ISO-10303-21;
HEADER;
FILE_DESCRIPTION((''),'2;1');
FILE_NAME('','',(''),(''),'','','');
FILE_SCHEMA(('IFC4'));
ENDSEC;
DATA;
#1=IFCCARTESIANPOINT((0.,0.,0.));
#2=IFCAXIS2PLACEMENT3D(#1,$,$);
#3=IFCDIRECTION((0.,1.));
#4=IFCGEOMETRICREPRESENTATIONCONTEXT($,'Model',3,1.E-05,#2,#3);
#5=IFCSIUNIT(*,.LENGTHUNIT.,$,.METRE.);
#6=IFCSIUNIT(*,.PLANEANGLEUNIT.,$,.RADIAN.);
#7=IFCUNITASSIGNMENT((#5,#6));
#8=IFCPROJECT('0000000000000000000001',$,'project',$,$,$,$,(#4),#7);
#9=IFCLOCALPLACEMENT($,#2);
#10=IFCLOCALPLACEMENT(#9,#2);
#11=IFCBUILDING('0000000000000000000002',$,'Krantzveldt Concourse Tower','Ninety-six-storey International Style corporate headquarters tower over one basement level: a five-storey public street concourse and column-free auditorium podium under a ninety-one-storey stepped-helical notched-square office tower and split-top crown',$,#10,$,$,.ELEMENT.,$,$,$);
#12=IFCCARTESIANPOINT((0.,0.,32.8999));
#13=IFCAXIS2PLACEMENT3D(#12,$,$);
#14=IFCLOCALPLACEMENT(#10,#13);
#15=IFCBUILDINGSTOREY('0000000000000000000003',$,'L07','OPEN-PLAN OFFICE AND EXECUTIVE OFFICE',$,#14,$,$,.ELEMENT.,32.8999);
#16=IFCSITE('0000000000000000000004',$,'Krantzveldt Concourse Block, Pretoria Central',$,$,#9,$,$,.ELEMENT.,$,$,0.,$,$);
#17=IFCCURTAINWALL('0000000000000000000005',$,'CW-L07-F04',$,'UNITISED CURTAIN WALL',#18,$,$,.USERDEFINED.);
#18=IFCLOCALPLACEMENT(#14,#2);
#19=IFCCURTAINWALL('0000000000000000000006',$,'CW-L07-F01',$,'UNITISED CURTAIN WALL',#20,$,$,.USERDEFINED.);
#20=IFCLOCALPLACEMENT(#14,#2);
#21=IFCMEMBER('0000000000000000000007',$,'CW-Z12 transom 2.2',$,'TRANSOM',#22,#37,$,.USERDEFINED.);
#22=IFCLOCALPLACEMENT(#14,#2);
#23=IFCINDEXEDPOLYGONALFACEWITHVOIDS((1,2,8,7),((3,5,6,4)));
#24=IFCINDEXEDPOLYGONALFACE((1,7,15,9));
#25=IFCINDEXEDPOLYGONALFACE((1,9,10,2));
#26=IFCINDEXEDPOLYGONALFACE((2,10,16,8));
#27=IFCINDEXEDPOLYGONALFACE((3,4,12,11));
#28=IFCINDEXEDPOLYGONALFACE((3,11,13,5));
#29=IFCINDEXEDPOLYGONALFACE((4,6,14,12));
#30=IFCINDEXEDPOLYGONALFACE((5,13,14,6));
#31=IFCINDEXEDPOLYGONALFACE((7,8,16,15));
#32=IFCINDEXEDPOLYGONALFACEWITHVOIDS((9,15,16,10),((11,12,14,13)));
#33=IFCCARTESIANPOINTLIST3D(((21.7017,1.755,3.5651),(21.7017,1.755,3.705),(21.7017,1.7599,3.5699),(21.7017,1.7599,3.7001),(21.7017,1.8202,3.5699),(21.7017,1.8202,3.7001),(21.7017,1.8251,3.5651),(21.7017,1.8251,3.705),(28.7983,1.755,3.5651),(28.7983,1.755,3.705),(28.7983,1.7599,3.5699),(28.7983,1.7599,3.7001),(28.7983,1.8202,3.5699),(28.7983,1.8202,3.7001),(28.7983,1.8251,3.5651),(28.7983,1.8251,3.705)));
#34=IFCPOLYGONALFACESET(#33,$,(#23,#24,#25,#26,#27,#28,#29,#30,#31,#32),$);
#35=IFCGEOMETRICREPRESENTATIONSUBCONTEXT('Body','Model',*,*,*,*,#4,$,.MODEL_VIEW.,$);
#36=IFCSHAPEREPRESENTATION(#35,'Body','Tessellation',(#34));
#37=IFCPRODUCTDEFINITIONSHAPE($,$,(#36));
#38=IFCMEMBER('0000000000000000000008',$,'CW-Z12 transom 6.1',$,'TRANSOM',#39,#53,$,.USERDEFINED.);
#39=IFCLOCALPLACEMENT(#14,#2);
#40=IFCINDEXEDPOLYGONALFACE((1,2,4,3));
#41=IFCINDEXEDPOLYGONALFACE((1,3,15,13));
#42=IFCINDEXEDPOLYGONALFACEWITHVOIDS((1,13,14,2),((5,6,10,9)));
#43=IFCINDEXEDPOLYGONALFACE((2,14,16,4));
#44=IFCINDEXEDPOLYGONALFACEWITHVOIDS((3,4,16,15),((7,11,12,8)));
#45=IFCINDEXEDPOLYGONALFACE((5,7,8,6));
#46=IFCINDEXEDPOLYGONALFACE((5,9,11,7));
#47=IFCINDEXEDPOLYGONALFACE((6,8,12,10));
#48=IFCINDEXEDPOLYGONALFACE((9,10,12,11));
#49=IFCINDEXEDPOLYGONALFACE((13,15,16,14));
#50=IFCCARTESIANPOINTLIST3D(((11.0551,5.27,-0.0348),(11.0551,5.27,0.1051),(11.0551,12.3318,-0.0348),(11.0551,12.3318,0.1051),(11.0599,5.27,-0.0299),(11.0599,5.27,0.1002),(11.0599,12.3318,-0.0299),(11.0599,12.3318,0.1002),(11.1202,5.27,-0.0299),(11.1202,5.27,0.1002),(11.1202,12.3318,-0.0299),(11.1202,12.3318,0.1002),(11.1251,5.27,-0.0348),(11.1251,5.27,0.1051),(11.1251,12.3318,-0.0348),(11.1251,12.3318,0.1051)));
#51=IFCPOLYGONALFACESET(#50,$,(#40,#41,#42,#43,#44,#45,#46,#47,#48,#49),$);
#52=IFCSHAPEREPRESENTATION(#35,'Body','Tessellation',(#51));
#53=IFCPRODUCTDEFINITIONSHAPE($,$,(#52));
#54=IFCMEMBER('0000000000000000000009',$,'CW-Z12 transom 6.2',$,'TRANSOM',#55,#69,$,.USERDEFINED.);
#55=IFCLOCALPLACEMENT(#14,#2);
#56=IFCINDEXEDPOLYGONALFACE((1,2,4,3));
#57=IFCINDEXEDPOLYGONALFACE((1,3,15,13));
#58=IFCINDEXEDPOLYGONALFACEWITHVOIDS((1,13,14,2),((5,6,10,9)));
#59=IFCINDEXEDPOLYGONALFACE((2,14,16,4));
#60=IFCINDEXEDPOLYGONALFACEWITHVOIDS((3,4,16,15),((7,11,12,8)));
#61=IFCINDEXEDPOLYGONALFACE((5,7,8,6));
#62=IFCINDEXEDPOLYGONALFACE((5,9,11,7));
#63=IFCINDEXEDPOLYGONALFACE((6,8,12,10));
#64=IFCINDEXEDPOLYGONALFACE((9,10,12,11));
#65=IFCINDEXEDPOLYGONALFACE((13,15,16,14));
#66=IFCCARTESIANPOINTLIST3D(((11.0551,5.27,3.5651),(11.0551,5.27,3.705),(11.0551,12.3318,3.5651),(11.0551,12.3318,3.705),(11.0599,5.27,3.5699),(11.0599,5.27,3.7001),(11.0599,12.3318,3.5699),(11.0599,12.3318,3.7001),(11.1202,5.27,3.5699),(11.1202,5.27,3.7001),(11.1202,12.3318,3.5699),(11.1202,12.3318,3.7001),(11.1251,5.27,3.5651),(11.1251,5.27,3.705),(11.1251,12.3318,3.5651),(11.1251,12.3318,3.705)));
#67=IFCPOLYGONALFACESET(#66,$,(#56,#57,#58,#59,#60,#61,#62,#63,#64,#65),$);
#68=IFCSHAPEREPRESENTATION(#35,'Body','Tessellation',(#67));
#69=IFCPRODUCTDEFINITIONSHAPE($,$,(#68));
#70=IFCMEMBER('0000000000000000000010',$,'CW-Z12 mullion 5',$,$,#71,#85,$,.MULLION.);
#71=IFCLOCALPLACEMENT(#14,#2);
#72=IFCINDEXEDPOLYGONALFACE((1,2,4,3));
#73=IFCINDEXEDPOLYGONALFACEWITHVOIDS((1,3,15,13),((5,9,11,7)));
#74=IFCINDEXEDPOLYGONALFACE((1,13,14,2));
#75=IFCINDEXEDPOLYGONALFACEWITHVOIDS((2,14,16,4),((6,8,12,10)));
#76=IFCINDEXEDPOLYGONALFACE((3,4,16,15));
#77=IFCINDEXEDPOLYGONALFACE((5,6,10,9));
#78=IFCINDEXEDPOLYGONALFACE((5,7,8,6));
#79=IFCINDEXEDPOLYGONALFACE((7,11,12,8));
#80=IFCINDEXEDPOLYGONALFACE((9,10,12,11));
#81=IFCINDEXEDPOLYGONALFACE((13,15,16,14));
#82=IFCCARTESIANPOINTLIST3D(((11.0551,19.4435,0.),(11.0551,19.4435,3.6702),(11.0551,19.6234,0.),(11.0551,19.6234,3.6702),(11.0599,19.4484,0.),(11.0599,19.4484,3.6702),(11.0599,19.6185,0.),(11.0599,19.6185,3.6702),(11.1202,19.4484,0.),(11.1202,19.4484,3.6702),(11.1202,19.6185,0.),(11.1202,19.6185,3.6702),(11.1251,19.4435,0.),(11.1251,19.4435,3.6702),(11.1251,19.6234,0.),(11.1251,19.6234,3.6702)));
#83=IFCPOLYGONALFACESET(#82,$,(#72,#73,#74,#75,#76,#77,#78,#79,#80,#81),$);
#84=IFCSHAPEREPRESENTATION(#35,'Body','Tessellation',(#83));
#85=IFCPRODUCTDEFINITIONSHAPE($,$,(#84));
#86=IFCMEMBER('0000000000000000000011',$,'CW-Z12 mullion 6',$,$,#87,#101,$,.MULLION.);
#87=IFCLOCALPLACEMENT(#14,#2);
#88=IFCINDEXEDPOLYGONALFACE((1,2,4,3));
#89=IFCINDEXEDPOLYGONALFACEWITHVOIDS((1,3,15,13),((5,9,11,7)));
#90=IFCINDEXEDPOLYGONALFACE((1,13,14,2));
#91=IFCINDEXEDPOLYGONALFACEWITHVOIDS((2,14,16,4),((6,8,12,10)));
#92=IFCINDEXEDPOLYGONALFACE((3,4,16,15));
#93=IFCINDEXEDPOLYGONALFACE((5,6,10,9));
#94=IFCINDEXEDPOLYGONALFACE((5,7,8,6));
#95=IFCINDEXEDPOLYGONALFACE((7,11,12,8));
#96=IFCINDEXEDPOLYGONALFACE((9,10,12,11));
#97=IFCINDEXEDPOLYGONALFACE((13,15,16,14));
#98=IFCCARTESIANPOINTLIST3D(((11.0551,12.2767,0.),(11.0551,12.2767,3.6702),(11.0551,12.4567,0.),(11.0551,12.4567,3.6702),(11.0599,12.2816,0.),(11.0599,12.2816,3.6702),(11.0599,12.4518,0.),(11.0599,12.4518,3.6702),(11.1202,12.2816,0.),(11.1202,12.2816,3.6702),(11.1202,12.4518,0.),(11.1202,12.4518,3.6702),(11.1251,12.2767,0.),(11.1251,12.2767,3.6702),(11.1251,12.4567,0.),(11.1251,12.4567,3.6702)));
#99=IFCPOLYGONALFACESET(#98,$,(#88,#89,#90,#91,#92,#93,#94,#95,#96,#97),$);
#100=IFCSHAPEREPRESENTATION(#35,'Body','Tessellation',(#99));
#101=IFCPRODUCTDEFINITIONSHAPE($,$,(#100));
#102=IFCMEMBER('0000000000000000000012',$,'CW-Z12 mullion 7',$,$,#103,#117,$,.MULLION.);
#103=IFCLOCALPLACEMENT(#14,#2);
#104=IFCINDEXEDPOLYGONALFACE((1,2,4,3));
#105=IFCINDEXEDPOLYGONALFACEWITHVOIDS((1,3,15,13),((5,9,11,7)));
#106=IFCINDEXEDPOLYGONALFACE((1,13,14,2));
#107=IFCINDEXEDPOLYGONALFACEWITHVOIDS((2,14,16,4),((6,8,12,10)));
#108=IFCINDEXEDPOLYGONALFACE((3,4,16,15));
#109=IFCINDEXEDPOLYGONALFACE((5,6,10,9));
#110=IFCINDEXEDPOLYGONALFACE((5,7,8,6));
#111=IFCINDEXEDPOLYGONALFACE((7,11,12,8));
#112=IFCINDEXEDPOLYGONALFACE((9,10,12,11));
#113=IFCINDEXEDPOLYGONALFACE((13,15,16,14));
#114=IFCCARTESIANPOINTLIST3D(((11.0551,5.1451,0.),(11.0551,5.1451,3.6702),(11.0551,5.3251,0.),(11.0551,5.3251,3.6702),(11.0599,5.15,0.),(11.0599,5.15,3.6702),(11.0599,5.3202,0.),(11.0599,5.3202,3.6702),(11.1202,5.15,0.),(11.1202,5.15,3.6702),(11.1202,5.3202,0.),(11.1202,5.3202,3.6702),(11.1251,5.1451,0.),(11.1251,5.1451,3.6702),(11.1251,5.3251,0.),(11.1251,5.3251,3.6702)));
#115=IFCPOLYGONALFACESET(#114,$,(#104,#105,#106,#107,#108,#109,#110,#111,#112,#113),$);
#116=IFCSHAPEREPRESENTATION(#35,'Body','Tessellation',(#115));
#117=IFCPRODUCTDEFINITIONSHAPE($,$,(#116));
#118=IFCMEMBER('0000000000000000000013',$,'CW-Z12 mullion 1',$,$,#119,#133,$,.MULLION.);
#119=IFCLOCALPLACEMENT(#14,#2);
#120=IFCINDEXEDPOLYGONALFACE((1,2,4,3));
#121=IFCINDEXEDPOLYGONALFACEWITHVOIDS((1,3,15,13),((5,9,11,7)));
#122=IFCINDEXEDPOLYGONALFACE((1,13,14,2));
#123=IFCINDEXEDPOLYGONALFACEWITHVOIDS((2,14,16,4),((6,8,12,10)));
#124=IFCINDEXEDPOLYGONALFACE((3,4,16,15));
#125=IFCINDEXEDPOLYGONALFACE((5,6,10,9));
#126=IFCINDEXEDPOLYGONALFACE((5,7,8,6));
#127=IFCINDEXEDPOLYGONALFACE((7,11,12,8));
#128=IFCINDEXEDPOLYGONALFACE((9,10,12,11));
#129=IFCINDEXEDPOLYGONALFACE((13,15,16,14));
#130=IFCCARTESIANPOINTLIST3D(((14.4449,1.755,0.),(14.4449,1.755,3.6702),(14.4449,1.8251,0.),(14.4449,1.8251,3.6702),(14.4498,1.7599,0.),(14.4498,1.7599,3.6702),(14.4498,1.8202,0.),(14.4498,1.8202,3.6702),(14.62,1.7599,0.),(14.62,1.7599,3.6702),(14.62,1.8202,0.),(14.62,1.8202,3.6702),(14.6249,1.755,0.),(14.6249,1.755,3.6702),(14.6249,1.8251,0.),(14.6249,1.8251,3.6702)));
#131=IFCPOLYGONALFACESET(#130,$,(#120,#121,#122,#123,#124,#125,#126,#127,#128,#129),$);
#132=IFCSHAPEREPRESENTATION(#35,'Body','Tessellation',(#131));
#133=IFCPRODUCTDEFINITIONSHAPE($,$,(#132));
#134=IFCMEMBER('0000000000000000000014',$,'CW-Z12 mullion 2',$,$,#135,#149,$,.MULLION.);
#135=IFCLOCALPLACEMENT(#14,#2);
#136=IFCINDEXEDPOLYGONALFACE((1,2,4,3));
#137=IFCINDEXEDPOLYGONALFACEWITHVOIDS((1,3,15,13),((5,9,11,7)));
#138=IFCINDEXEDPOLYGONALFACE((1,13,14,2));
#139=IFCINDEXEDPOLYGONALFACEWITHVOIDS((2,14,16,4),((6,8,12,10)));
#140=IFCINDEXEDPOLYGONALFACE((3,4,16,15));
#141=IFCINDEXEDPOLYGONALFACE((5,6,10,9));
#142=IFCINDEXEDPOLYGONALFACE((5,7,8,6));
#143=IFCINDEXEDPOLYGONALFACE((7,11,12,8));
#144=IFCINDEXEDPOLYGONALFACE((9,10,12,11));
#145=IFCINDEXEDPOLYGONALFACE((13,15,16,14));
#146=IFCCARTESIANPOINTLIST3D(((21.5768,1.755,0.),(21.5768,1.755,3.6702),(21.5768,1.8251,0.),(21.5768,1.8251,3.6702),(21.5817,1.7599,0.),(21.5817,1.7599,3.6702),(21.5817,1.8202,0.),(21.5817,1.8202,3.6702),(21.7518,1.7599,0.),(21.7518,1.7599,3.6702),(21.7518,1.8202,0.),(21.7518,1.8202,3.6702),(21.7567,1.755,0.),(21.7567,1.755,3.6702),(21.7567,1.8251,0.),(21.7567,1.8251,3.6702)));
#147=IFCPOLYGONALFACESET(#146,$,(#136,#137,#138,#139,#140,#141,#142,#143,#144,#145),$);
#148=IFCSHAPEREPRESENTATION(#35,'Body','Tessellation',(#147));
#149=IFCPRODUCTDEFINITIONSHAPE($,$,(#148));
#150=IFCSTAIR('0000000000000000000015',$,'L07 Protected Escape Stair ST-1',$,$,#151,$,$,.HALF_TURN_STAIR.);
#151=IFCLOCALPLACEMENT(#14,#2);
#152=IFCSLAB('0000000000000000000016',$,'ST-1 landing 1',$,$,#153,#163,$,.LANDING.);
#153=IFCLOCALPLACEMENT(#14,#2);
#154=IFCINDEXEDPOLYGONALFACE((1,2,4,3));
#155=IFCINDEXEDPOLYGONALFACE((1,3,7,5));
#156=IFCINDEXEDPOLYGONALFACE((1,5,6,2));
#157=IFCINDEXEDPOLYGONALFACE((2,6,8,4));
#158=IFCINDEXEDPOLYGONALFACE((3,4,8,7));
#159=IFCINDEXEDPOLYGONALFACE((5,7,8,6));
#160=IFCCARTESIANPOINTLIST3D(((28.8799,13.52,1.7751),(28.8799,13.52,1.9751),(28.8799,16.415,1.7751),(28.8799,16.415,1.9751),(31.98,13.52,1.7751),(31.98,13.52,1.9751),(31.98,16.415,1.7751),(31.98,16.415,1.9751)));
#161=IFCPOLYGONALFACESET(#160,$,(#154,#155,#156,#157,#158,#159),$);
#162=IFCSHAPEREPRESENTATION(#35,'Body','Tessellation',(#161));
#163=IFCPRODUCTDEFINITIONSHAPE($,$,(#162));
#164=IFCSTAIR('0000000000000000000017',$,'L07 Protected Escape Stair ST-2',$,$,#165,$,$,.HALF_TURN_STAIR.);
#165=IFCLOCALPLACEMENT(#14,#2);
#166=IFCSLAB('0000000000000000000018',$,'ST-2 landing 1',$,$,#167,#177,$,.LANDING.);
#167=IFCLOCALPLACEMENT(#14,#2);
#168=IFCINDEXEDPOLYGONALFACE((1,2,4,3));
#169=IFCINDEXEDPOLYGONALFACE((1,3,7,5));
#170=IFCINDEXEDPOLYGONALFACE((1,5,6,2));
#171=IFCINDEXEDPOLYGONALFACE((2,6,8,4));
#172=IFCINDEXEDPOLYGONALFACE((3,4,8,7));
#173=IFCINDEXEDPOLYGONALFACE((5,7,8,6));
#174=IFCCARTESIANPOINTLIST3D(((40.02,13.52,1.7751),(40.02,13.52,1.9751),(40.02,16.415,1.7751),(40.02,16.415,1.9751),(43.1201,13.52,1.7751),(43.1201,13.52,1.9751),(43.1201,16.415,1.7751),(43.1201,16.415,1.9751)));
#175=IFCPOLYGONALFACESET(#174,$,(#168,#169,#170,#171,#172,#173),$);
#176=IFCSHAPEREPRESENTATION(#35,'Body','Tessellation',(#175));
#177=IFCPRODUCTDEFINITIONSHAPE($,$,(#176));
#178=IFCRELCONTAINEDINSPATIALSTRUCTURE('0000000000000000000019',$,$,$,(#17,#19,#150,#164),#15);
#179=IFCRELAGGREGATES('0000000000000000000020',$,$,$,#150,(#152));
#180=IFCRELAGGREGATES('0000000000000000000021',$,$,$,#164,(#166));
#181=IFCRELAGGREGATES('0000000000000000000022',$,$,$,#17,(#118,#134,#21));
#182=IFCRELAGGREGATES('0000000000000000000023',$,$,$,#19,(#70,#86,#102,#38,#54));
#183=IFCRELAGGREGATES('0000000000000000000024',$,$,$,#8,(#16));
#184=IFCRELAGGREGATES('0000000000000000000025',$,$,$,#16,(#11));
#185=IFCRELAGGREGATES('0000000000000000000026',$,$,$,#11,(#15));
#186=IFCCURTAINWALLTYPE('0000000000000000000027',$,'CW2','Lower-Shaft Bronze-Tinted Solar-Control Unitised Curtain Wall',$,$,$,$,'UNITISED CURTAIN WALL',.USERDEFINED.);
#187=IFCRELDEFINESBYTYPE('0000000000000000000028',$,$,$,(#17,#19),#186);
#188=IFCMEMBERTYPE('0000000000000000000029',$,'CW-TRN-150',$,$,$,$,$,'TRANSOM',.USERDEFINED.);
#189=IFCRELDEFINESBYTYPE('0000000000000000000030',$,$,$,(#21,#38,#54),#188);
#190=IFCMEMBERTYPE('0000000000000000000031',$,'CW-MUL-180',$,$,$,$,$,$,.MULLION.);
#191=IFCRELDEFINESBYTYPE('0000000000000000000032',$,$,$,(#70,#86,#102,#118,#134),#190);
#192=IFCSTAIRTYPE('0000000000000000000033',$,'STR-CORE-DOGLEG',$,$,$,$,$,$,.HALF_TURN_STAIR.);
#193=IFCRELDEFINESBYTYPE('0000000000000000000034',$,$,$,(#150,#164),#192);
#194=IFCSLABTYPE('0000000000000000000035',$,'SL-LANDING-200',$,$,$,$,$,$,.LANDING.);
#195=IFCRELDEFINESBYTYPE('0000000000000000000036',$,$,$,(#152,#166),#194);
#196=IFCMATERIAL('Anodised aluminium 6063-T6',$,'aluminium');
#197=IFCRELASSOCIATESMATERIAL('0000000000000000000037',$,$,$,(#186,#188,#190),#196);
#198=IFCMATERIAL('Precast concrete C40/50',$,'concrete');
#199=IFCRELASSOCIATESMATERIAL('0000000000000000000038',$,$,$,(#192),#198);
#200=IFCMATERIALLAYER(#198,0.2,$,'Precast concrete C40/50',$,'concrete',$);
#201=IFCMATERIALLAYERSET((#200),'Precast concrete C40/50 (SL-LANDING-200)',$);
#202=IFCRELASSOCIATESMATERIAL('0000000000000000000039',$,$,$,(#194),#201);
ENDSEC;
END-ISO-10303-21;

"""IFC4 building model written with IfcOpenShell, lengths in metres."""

from ifc_helpers import new_model, si_unit, direction, frame, origin, origin_2d, place, context, subcontext, project, spatial, polyline, hollow_rectangle, outline, extrude, source, transform, mapped, material, layer, layer_set, material_profile, profile_set, type_object, type_shapes, element, aggregate, save


model = new_model("IFC4")

# Units and contexts
model_context = context("Model", 3, precision=1e-05, world=origin(), true_north=direction((0.0, 1.0)))
body_context = subcontext(model_context, "Body", "Model", "MODEL_VIEW")
ifc_project = project(units=[si_unit("LENGTHUNIT", "METRE"), si_unit("PLANEANGLEUNIT", "RADIAN")], contexts=[model_context])

# Site, building, storey
site_placement = place(None, origin())
site = spatial("IfcSite", under=ifc_project, at=site_placement, Name="Krantzveldt Concourse Block, Pretoria Central", CompositionType="ELEMENT", RefElevation=0.0)
building_placement = place(site_placement, origin())
building = spatial("IfcBuilding", under=site, at=building_placement, Name="Krantzveldt Concourse Tower", Description="Ninety-six-storey International Style corporate headquarters tower over one basement level: a five-storey public street concourse and column-free auditorium podium under a ninety-one-storey stepped-helical notched-square office tower and split-top crown", CompositionType="ELEMENT")
storey_placement = place(building_placement, frame((0.0, 0.0, 32.8999)))
storey = spatial("IfcBuildingStorey", under=building, at=storey_placement, Name="L07", Description="OPEN-PLAN OFFICE AND EXECUTIVE OFFICE", CompositionType="ELEMENT", Elevation=32.8999)

# Curtain walls
ifc_material_1 = material(Name="Anodised aluminium 6063-T6", Category="aluminium")
curtain_wall_type = type_object("IfcCurtainWallType", Name="CW2", Description="Lower-Shaft Bronze-Tinted Solar-Control Unitised Curtain Wall", ElementType="UNITISED CURTAIN WALL", PredefinedType="USERDEFINED", material=ifc_material_1)
curtain_wall_1_placement = place(storey_placement, origin())
curtain_wall_1 = element("IfcCurtainWall", 1, at=curtain_wall_1_placement, inside=storey, type_object=curtain_wall_type, Name="CW-L07-F04", ObjectType="UNITISED CURTAIN WALL", PredefinedType="USERDEFINED")
ifc_material_profile_1 = material_profile(ifc_material_1, hollow_rectangle(XDim=0.0701, YDim=0.1399, WallThickness=0.0049, at=origin_2d()), Name="Anodised aluminium 6063-T6", Category="aluminium")
ifc_profile_set_1 = profile_set([ifc_material_profile_1], Name="Anodised aluminium 6063-T6 - ALU-TRAN 140x70x5")
member_type_1 = type_object("IfcMemberType", Name="CW-TRN-150", ElementType="TRANSOM", PredefinedType="USERDEFINED", material=ifc_profile_set_1)
curtain_wall_2_placement = place(storey_placement, origin())
curtain_wall_2 = element("IfcCurtainWall", 2, at=curtain_wall_2_placement, inside=storey, type_object=curtain_wall_type, Name="CW-L07-F01", ObjectType="UNITISED CURTAIN WALL", PredefinedType="USERDEFINED")
shared_shape_1 = source(origin(), body_context, "Body", "SweptSolid", [
    extrude(hollow_rectangle(XDim=0.0701, YDim=0.1399, WallThickness=0.0049, at=origin_2d()), origin(), (0.0, 0.0, 1.0), 7.0967),
])

# Members
member_1_placement = place(storey_placement, frame((21.7017, 1.79, 3.635), z_axis=(1.0, 0.0, 0.0), x_axis=(0.0, 1.0, 0.0)))
member_1 = element("IfcMember", 3, at=member_1_placement, type_object=member_type_1, Name="CW-Z12 transom 2.2", ObjectType="TRANSOM", PredefinedType="USERDEFINED", context=body_context, shape_type="MappedRepresentation", body=[
    mapped(shared_shape_1, transform((0.0, 0.0, 0.0), x_axis=(1.0, 0.0, 0.0), y_axis=(0.0, 1.0, 0.0), z_axis=(0.0, 0.0, 1.0), scale=1.0)),
])
shared_shape_2 = source(origin(), body_context, "Body", "SweptSolid", [
    extrude(hollow_rectangle(XDim=0.0701, YDim=0.1399, WallThickness=0.0049, at=origin_2d()), origin(), (0.0, 0.0, 1.0), 7.0618),
])
member_2_placement = place(storey_placement, frame((11.0901, 12.3318, 0.0352), z_axis=(0.0, -1.0, 0.0), x_axis=(1.0, 0.0, 0.0)))
member_2 = element("IfcMember", 4, at=member_2_placement, type_object=member_type_1, Name="CW-Z12 transom 6.1", ObjectType="TRANSOM", PredefinedType="USERDEFINED", context=body_context, shape_type="MappedRepresentation", body=[
    mapped(shared_shape_2, transform((0.0, 0.0, 0.0), x_axis=(1.0, 0.0, 0.0), y_axis=(0.0, 1.0, 0.0), z_axis=(0.0, 0.0, 1.0), scale=1.0)),
])
member_3_placement = place(storey_placement, frame((11.0901, 12.3318, 3.635), z_axis=(0.0, -1.0, 0.0), x_axis=(1.0, 0.0, 0.0)))
member_3 = element("IfcMember", 5, at=member_3_placement, type_object=member_type_1, Name="CW-Z12 transom 6.2", ObjectType="TRANSOM", PredefinedType="USERDEFINED", context=body_context, shape_type="MappedRepresentation", body=[
    mapped(shared_shape_2, transform((0.0, 0.0, 0.0), x_axis=(1.0, 0.0, 0.0), y_axis=(0.0, 1.0, 0.0), z_axis=(0.0, 0.0, 1.0), scale=1.0)),
])
ifc_material_profile_2 = material_profile(ifc_material_1, hollow_rectangle(XDim=0.0701, YDim=0.1799, WallThickness=0.0049, at=origin_2d()), Name="Anodised aluminium 6063-T6", Category="aluminium")
ifc_profile_set_2 = profile_set([ifc_material_profile_2], Name="Anodised aluminium 6063-T6 - ALU-MULL 180x70x5")
member_type_2 = type_object("IfcMemberType", Name="CW-MUL-180", PredefinedType="MULLION", material=ifc_profile_set_2)
shared_shape_3 = source(origin(), body_context, "Body", "SweptSolid", [
    extrude(hollow_rectangle(XDim=0.0701, YDim=0.1799, WallThickness=0.0049, at=origin_2d()), origin(), (0.0, 0.0, 1.0), 3.6702),
])
type_shapes(member_type_2, [shared_shape_3])
member_4_placement = place(storey_placement, frame((11.0901, 19.5334, 0.0), z_axis=(0.0, 0.0, 1.0), x_axis=(1.0, 0.0, 0.0)))
member_4 = element("IfcMember", 6, at=member_4_placement, type_object=member_type_2, Name="CW-Z12 mullion 5", PredefinedType="MULLION", context=body_context, shape_type="MappedRepresentation", body=[
    mapped(shared_shape_3, transform((0.0, 0.0, 0.0), x_axis=(1.0, 0.0, 0.0), y_axis=(0.0, 1.0, 0.0), z_axis=(0.0, 0.0, 1.0), scale=1.0)),
])
member_5_placement = place(storey_placement, frame((11.0901, 12.3667, 0.0), z_axis=(0.0, 0.0, 1.0), x_axis=(1.0, 0.0, 0.0)))
member_5 = element("IfcMember", 7, at=member_5_placement, type_object=member_type_2, Name="CW-Z12 mullion 6", PredefinedType="MULLION", context=body_context, shape_type="MappedRepresentation", body=[
    mapped(shared_shape_3, transform((0.0, 0.0, 0.0), x_axis=(1.0, 0.0, 0.0), y_axis=(0.0, 1.0, 0.0), z_axis=(0.0, 0.0, 1.0), scale=1.0)),
])
member_6_placement = place(storey_placement, frame((11.0901, 5.2351, 0.0), z_axis=(0.0, 0.0, 1.0), x_axis=(1.0, 0.0, 0.0)))
member_6 = element("IfcMember", 8, at=member_6_placement, type_object=member_type_2, Name="CW-Z12 mullion 7", PredefinedType="MULLION", context=body_context, shape_type="MappedRepresentation", body=[
    mapped(shared_shape_3, transform((0.0, 0.0, 0.0), x_axis=(1.0, 0.0, 0.0), y_axis=(0.0, 1.0, 0.0), z_axis=(0.0, 0.0, 1.0), scale=1.0)),
])
member_7_placement = place(storey_placement, frame((14.5349, 1.79, 0.0), z_axis=(0.0, 0.0, 1.0), x_axis=(0.0, 1.0, 0.0)))
member_7 = element("IfcMember", 9, at=member_7_placement, type_object=member_type_2, Name="CW-Z12 mullion 1", PredefinedType="MULLION", context=body_context, shape_type="MappedRepresentation", body=[
    mapped(shared_shape_3, transform((0.0, 0.0, 0.0), x_axis=(1.0, 0.0, 0.0), y_axis=(0.0, 1.0, 0.0), z_axis=(0.0, 0.0, 1.0), scale=1.0)),
])
member_8_placement = place(storey_placement, frame((21.6667, 1.79, 0.0), z_axis=(0.0, 0.0, 1.0), x_axis=(0.0, 1.0, 0.0)))
member_8 = element("IfcMember", 10, at=member_8_placement, type_object=member_type_2, Name="CW-Z12 mullion 2", PredefinedType="MULLION", context=body_context, shape_type="MappedRepresentation", body=[
    mapped(shared_shape_3, transform((0.0, 0.0, 0.0), x_axis=(1.0, 0.0, 0.0), y_axis=(0.0, 1.0, 0.0), z_axis=(0.0, 0.0, 1.0), scale=1.0)),
])

# Stairs, slabs
ifc_material_2 = material(Name="Precast concrete C40/50", Category="concrete")
stair_type = type_object("IfcStairType", Name="STR-CORE-DOGLEG", PredefinedType="HALF_TURN_STAIR", material=ifc_material_2)
stair_1_placement = place(storey_placement, origin())
stair_1 = element("IfcStair", 11, at=stair_1_placement, inside=storey, type_object=stair_type, Name="L07 Protected Escape Stair ST-1", PredefinedType="HALF_TURN_STAIR")
ifc_layer_1 = layer(ifc_material_2, 0.2, Name="Precast concrete C40/50", Category="concrete")
ifc_layer_set_1 = layer_set([ifc_layer_1], Name="Precast concrete C40/50 (SL-LANDING-200)")
slab_type_1 = type_object("IfcSlabType", Name="SL-LANDING-200", PredefinedType="LANDING", material=ifc_layer_set_1)
slab_1_placement = place(storey_placement, frame((0.0, 0.0, 1.7751)))
slab_1 = element("IfcSlab", 12, at=slab_1_placement, type_object=slab_type_1, Name="ST-1 landing 1", PredefinedType="LANDING", context=body_context, shape_type="SweptSolid", body=[
    extrude(outline(polyline([(28.8799, 16.415), (28.8799, 13.52), (31.98, 13.52), (31.98, 16.415), (28.8799, 16.415)])), origin(), (0.0, 0.0, 1.0), 0.2),
])
aggregate(stair_1, [slab_1])
stair_2_placement = place(storey_placement, origin())
stair_2 = element("IfcStair", 13, at=stair_2_placement, inside=storey, type_object=stair_type, Name="L07 Protected Escape Stair ST-2", PredefinedType="HALF_TURN_STAIR")
slab_2_placement = place(storey_placement, frame((0.0, 0.0, 1.7751)))
slab_2 = element("IfcSlab", 14, at=slab_2_placement, type_object=slab_type_1, Name="ST-2 landing 1", PredefinedType="LANDING", context=body_context, shape_type="SweptSolid", body=[
    extrude(outline(polyline([(40.02, 16.415), (40.02, 13.52), (43.1201, 13.52), (43.1201, 16.415), (40.02, 16.415)])), origin(), (0.0, 0.0, 1.0), 0.2),
])
aggregate(stair_2, [slab_2])

aggregate(curtain_wall_1, [member_7, member_8, member_1])
aggregate(curtain_wall_2, [member_4, member_5, member_6, member_2, member_3])

save(model, "model.ifc")
